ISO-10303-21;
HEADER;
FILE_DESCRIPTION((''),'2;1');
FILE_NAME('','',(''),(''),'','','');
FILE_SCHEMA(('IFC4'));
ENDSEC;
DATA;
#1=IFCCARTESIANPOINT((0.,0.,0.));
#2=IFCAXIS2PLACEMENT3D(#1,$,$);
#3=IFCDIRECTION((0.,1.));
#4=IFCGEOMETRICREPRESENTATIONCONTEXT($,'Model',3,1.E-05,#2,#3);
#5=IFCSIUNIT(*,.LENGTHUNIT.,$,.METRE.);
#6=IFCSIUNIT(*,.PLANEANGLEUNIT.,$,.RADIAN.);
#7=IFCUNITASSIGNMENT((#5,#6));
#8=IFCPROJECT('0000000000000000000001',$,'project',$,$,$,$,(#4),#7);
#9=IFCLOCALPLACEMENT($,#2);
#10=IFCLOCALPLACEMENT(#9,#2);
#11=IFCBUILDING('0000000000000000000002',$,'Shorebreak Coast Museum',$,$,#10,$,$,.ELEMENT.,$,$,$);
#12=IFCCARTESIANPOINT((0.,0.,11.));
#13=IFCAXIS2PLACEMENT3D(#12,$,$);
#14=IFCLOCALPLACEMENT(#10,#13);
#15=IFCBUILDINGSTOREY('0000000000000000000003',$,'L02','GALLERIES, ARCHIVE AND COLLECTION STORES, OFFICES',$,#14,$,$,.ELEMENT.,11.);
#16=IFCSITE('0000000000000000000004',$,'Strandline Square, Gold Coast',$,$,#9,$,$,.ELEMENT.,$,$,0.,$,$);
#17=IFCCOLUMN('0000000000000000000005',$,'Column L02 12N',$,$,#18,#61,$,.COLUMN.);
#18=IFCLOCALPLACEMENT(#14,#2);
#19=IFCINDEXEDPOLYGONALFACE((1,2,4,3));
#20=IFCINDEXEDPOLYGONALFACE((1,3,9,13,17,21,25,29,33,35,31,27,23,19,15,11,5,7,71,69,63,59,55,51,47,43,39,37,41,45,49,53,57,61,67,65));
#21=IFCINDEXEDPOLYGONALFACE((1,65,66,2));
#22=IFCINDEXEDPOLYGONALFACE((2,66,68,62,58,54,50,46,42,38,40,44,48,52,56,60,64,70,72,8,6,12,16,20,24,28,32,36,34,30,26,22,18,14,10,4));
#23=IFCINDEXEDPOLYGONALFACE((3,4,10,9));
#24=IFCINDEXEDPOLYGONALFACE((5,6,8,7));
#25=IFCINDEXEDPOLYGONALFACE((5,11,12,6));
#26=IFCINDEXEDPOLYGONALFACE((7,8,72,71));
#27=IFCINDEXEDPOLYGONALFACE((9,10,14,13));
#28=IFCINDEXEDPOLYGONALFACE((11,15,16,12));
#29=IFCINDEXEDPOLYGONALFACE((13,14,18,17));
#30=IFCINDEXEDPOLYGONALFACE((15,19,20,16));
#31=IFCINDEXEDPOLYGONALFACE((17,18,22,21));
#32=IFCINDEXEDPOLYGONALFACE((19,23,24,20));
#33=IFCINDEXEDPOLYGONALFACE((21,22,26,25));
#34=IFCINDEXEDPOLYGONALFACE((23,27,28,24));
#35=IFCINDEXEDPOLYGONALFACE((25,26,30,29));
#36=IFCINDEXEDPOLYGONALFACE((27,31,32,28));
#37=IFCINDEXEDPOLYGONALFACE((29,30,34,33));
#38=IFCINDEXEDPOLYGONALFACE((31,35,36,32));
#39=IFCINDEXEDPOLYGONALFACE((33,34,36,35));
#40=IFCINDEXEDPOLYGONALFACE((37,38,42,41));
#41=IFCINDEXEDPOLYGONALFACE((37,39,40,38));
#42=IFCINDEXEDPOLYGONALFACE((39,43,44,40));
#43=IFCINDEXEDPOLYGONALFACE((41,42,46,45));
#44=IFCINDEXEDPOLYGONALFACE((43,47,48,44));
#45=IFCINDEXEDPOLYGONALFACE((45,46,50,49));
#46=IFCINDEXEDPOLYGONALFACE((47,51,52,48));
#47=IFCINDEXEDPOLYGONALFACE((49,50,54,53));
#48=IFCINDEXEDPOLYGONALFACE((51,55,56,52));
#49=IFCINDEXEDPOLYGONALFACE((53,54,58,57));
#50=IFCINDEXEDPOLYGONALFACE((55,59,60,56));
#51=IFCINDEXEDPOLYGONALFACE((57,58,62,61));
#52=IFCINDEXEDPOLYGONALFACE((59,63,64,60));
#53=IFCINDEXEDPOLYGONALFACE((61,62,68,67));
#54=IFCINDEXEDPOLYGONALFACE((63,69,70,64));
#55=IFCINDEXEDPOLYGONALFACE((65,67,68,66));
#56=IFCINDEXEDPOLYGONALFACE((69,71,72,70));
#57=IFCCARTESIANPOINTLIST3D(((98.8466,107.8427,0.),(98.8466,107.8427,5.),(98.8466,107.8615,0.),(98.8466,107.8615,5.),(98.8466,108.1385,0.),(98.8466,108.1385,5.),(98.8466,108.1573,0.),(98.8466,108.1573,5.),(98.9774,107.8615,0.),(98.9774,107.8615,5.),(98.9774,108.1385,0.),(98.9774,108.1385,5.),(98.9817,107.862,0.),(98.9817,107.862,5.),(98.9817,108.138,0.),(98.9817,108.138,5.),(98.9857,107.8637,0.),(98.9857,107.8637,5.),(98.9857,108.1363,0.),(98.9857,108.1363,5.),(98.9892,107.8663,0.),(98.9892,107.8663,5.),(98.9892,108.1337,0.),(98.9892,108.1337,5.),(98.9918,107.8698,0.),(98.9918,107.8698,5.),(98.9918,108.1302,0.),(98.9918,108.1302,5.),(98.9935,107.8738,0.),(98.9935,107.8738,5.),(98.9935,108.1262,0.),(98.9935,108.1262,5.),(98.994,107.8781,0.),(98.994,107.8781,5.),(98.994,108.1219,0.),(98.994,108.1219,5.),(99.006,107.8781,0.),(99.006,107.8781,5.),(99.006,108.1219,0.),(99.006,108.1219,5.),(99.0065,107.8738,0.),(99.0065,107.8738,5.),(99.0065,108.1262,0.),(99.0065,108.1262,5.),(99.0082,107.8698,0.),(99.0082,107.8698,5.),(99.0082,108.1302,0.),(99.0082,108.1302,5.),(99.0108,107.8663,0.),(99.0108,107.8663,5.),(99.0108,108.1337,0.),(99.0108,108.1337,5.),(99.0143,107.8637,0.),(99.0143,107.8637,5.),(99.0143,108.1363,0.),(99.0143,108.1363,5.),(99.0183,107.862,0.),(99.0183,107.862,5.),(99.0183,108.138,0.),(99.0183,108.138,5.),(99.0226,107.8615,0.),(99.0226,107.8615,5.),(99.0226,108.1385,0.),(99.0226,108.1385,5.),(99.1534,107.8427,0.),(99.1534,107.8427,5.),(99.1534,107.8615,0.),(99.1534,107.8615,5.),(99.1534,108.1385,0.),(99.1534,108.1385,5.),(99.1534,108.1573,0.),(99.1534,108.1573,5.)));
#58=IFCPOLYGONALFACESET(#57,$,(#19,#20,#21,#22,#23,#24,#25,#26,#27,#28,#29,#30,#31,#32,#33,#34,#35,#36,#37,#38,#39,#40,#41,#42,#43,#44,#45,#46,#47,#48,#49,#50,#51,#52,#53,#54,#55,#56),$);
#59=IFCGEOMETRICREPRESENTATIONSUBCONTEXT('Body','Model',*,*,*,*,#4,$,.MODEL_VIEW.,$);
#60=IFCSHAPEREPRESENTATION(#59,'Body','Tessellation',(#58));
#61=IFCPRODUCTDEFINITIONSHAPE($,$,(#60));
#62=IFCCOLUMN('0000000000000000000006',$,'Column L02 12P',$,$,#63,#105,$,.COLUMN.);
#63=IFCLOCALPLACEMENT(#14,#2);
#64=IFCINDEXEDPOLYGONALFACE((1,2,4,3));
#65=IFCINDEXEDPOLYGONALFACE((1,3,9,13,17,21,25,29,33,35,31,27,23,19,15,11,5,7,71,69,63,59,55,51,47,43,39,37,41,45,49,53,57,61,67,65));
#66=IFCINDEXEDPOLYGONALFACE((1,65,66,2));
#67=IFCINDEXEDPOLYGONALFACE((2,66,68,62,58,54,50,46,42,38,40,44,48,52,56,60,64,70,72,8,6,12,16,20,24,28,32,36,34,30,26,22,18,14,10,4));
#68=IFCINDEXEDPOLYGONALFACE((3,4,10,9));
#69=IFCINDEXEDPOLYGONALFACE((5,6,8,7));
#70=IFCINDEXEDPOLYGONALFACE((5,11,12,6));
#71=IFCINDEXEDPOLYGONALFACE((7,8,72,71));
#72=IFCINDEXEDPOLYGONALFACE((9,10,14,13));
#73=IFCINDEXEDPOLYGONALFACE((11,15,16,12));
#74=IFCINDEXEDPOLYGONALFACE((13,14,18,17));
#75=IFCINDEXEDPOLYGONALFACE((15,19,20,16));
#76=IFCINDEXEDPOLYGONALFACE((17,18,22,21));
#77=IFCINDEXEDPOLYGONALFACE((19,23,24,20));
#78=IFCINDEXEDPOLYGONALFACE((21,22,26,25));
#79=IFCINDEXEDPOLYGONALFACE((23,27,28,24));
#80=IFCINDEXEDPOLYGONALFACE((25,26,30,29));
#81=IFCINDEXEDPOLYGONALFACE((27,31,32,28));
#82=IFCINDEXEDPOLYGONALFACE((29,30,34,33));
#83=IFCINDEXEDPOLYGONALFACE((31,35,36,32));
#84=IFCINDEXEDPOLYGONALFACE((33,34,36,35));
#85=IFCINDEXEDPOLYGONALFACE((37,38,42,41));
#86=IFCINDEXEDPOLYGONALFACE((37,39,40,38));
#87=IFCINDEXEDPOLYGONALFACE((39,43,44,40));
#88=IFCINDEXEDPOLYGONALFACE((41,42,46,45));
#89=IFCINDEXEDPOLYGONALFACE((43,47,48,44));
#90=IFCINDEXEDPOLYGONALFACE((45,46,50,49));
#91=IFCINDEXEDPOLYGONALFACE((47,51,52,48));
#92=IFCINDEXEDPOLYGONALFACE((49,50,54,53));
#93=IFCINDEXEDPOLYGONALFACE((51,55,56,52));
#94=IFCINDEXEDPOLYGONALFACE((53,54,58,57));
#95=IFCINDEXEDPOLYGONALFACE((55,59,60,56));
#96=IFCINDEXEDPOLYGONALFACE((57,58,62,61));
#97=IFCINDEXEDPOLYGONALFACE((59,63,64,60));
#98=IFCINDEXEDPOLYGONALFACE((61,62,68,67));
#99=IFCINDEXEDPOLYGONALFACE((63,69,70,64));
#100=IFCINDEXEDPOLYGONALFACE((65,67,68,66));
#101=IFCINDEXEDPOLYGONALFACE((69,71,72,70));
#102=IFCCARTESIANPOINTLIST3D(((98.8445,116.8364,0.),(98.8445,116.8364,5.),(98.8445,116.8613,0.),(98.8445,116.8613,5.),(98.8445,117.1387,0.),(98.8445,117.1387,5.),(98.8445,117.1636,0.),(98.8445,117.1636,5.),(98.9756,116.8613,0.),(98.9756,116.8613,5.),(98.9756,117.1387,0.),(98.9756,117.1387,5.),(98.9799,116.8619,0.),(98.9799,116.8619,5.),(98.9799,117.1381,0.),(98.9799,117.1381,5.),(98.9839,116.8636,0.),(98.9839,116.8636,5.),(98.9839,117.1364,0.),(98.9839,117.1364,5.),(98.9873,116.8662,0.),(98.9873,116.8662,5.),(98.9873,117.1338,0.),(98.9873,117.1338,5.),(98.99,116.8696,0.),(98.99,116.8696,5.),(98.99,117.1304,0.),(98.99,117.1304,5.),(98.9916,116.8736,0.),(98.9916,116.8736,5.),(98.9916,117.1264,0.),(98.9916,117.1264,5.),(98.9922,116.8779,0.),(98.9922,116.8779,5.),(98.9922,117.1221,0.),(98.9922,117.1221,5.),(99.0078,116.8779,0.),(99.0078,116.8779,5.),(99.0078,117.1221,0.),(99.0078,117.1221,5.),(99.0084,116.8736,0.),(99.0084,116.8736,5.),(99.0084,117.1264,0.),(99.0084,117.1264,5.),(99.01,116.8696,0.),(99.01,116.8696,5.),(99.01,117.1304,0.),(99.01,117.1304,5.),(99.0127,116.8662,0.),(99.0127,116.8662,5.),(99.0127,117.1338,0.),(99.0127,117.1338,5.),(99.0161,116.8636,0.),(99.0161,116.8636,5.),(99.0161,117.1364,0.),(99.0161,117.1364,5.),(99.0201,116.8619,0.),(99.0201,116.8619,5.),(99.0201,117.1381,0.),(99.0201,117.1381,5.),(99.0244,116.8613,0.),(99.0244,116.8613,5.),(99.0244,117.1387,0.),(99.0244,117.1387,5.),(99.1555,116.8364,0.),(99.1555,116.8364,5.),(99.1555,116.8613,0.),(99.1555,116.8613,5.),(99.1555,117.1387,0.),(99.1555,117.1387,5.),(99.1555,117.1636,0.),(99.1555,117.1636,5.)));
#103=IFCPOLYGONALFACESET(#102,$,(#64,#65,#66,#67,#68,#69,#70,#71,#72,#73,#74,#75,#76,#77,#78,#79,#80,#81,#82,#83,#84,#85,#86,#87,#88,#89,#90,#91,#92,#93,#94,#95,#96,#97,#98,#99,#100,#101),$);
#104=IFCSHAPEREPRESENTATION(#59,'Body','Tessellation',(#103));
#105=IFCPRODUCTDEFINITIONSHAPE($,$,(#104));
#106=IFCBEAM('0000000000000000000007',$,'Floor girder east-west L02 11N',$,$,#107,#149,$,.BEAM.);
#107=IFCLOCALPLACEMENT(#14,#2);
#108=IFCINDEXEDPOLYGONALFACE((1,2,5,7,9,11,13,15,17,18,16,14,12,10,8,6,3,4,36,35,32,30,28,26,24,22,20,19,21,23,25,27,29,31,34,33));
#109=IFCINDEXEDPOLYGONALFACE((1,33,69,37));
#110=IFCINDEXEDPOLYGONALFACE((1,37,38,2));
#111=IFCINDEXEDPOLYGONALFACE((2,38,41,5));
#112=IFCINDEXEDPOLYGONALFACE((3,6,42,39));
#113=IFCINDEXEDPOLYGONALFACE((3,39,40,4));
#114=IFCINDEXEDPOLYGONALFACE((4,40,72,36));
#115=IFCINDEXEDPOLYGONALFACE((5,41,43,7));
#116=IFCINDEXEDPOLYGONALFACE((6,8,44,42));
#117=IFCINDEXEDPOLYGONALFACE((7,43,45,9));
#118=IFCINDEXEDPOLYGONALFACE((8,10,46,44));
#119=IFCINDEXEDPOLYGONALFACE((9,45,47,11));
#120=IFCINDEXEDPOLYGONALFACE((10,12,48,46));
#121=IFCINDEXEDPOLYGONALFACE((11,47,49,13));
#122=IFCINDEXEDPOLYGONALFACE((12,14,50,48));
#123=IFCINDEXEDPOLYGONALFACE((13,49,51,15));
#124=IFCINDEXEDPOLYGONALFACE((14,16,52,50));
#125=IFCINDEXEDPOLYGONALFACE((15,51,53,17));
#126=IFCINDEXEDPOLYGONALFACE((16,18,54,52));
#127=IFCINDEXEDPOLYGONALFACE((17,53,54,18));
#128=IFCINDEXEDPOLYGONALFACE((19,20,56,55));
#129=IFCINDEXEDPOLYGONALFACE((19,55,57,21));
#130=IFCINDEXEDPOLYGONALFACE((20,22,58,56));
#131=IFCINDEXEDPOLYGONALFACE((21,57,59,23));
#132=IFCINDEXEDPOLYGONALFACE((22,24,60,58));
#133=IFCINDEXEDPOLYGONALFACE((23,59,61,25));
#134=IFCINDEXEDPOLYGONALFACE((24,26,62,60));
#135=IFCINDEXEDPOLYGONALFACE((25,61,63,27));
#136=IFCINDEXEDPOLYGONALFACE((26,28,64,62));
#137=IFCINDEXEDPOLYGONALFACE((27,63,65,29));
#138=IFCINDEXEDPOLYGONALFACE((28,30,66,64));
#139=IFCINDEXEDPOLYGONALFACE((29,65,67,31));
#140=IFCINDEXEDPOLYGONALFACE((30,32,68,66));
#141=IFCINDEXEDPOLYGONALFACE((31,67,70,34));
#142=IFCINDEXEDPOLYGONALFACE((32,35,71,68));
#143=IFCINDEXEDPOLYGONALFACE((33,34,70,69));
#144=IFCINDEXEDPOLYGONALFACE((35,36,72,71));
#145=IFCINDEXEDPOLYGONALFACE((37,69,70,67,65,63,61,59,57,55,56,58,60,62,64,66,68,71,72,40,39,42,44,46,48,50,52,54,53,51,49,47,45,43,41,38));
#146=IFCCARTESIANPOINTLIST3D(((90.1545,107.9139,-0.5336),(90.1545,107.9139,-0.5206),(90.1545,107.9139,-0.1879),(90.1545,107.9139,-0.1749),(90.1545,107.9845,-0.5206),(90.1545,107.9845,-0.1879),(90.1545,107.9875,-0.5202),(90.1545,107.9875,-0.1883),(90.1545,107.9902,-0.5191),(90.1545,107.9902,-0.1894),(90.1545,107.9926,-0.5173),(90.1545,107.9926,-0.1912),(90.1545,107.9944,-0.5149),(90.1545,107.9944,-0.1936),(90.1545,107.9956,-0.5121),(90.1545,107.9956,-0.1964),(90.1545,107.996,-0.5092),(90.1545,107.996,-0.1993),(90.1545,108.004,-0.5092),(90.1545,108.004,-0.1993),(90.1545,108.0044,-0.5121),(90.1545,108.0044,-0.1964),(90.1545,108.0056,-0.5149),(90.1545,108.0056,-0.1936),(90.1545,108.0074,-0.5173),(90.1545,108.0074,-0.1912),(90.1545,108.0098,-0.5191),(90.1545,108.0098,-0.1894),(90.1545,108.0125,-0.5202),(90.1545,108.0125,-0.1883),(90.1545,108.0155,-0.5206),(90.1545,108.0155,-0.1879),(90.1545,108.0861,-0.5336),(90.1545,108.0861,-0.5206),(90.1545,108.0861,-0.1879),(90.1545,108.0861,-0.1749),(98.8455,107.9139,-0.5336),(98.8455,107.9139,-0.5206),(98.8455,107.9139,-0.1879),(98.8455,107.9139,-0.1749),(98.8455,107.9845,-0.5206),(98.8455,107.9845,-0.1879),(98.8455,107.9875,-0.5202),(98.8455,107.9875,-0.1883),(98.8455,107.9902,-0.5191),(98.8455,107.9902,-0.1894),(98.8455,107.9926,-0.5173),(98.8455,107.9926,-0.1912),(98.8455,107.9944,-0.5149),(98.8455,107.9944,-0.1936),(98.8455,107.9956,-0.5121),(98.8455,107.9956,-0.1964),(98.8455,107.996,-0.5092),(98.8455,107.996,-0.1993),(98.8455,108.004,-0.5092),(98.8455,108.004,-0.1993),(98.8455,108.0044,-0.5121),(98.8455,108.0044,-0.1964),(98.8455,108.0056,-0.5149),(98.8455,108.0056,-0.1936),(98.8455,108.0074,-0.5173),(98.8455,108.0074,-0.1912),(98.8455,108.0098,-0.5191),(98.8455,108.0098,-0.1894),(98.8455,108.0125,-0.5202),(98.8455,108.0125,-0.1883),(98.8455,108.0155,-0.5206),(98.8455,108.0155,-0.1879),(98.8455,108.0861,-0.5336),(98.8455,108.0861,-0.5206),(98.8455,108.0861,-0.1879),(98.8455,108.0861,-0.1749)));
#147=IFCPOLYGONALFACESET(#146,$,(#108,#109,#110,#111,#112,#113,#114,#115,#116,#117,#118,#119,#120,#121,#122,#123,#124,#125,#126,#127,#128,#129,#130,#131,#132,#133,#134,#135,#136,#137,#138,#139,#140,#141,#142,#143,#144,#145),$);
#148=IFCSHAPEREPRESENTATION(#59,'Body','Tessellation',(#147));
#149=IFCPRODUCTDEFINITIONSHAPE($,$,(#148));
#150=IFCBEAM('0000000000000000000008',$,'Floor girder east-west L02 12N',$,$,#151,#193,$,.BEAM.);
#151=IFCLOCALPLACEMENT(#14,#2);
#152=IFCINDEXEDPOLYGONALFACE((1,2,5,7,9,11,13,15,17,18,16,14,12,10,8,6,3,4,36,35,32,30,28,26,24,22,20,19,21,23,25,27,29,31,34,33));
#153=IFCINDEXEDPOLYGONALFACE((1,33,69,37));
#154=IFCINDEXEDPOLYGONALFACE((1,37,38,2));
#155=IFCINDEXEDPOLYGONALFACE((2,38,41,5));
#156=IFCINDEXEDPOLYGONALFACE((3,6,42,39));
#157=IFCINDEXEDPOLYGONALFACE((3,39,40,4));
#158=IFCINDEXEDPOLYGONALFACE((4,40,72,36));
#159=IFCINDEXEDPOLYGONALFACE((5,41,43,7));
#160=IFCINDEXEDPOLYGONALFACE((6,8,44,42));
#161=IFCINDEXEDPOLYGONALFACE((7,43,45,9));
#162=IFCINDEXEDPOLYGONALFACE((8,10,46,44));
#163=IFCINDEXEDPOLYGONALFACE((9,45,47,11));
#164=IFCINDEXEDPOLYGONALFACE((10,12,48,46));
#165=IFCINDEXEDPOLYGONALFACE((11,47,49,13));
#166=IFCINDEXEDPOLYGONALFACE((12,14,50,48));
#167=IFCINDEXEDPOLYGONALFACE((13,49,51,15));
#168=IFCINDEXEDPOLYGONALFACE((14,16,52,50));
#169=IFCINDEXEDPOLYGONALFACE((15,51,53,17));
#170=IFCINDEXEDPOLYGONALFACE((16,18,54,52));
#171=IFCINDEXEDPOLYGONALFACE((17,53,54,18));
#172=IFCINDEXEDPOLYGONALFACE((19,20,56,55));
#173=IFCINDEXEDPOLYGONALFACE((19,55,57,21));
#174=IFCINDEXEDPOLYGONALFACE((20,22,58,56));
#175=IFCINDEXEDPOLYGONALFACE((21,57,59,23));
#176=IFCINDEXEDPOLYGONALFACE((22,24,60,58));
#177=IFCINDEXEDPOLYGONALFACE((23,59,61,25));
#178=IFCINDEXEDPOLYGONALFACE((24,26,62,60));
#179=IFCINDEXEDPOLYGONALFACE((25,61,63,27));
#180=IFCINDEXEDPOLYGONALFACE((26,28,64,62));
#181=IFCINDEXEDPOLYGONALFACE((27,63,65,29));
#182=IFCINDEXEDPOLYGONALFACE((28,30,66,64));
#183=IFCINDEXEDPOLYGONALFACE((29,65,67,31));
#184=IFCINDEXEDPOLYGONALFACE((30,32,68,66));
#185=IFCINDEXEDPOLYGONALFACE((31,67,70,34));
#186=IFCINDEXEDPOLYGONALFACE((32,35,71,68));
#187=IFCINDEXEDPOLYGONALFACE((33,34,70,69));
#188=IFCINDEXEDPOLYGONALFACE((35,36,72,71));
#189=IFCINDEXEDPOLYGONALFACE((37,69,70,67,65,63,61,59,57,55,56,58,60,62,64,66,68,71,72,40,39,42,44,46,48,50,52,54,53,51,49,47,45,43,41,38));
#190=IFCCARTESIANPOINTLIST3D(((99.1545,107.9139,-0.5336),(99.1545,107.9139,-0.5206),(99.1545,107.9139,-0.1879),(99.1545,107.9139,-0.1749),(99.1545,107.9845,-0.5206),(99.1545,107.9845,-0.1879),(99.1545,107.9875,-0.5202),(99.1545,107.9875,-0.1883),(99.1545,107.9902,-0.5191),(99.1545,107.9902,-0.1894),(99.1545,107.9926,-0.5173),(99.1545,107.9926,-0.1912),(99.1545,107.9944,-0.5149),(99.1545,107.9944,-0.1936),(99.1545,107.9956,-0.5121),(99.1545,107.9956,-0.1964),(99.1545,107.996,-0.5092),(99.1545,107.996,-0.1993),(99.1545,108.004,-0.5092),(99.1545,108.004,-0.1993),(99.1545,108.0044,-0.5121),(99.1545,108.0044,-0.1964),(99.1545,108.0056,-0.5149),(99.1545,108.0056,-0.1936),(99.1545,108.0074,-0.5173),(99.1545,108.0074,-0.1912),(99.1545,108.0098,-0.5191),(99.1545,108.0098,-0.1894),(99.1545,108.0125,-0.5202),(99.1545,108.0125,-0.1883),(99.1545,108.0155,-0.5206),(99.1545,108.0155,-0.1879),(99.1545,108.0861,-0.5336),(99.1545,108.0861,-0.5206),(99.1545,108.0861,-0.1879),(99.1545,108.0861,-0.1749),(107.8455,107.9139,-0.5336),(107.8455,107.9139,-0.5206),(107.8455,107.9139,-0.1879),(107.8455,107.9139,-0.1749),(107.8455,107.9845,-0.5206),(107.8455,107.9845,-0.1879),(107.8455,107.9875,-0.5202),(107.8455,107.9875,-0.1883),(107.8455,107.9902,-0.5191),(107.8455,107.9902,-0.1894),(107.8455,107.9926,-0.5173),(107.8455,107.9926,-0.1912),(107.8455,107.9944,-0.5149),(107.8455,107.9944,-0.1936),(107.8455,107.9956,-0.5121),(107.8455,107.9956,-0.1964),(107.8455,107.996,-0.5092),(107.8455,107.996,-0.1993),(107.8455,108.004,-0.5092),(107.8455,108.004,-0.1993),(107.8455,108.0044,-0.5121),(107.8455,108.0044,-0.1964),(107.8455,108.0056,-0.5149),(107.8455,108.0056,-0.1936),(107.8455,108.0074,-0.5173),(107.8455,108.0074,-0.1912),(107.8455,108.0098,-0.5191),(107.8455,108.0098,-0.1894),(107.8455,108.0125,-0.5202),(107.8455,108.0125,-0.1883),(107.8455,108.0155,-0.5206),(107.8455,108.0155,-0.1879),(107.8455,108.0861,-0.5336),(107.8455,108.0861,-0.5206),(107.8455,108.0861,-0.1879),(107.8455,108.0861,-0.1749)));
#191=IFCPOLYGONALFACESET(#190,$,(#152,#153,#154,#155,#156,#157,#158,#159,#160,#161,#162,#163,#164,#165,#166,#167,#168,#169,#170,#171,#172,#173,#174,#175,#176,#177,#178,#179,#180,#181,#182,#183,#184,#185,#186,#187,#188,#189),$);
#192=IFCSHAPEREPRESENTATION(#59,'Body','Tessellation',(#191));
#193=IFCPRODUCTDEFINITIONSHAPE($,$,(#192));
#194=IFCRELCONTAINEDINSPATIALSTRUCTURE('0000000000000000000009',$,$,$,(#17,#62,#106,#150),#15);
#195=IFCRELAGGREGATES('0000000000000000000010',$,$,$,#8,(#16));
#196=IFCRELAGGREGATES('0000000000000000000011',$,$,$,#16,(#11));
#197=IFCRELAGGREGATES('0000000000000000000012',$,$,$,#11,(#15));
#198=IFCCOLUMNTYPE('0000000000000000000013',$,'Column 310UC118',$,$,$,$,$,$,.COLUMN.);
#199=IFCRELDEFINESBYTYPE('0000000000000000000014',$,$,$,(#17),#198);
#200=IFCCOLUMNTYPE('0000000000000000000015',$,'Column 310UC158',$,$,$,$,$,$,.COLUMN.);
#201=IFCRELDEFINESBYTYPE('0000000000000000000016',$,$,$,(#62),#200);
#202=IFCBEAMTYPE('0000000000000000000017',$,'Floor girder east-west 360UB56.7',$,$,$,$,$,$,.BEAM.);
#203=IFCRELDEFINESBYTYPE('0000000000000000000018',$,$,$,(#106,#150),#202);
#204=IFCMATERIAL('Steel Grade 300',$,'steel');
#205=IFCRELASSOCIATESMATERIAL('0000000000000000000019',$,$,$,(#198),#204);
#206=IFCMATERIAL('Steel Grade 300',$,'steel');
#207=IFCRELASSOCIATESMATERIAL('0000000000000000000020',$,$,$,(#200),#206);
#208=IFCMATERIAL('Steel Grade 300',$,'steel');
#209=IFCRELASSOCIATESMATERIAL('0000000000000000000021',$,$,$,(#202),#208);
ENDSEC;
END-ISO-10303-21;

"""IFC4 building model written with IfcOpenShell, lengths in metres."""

from ifc_helpers import new_model, si_unit, direction, frame, origin, origin_2d, place, context, subcontext, project, spatial, i_section, extrude, material, material_profile, profile_set, type_object, element, save


model = new_model("IFC4")

# Units and contexts
model_context = context("Model", 3, precision=1e-05, world=origin(), true_north=direction((0.0, 1.0)))
body_context = subcontext(model_context, "Body", "Model", "MODEL_VIEW")
ifc_project = project(units=[si_unit("LENGTHUNIT", "METRE"), si_unit("PLANEANGLEUNIT", "RADIAN")], contexts=[model_context])

# Site, building, storey
site_placement = place(None, origin())
site = spatial("IfcSite", under=ifc_project, at=site_placement, Name="Strandline Square, Gold Coast", CompositionType="ELEMENT", RefElevation=0.0)
building_placement = place(site_placement, origin())
building = spatial("IfcBuilding", under=site, at=building_placement, Name="Shorebreak Coast Museum", CompositionType="ELEMENT")
storey_placement = place(building_placement, frame((0.0, 0.0, 11.0)))
storey = spatial("IfcBuildingStorey", under=building, at=storey_placement, Name="L02", Description="GALLERIES, ARCHIVE AND COLLECTION STORES, OFFICES", CompositionType="ELEMENT", Elevation=11.0)

# Columns
ifc_material_1 = material(Name="Steel Grade 300", Category="steel")
ifc_material_profile_1 = material_profile(ifc_material_1, i_section(OverallWidth=0.3069, OverallDepth=0.3147, WebThickness=0.012, FlangeThickness=0.0188, FilletRadius=0.0166, at=origin_2d()), Name="310UC118")
ifc_profile_set_1 = profile_set([ifc_material_profile_1], Name="Steel Grade 300")
column_type_1 = type_object("IfcColumnType", Name="Column 310UC118", PredefinedType="COLUMN", material=ifc_profile_set_1)
column_1_placement = place(storey_placement, frame((99.0, 108.0, 0.0), z_axis=(0.0, 0.0, 1.0), x_axis=(1.0, 0.0, 0.0)))
element("IfcColumn", 1, at=column_1_placement, inside=storey, type_object=column_type_1, Name="Column L02 12N", PredefinedType="COLUMN", context=body_context, shape_type="SweptSolid", body=[
    extrude(i_section(OverallWidth=0.3069, OverallDepth=0.3147, WebThickness=0.012, FlangeThickness=0.0188, FilletRadius=0.0166, at=origin_2d()), origin(), (0.0, 0.0, 1.0), 5.0),
])
ifc_material_2 = material(Name="Steel Grade 300", Category="steel")
ifc_material_profile_2 = material_profile(ifc_material_2, i_section(OverallWidth=0.311, OverallDepth=0.3271, WebThickness=0.0156, FlangeThickness=0.0249, FilletRadius=0.0166, at=origin_2d()), Name="310UC158")
ifc_profile_set_2 = profile_set([ifc_material_profile_2], Name="Steel Grade 300")
column_type_2 = type_object("IfcColumnType", Name="Column 310UC158", PredefinedType="COLUMN", material=ifc_profile_set_2)
column_2_placement = place(storey_placement, frame((99.0, 117.0, 0.0), z_axis=(0.0, 0.0, 1.0), x_axis=(1.0, 0.0, 0.0)))
element("IfcColumn", 2, at=column_2_placement, inside=storey, type_object=column_type_2, Name="Column L02 12P", PredefinedType="COLUMN", context=body_context, shape_type="SweptSolid", body=[
    extrude(i_section(OverallWidth=0.311, OverallDepth=0.3271, WebThickness=0.0156, FlangeThickness=0.0249, FilletRadius=0.0166, at=origin_2d()), origin(), (0.0, 0.0, 1.0), 5.0),
])

# Beams
ifc_material_3 = material(Name="Steel Grade 300", Category="steel")
ifc_material_profile_3 = material_profile(ifc_material_3, i_section(OverallWidth=0.1721, OverallDepth=0.3586, WebThickness=0.0081, FlangeThickness=0.0129, FilletRadius=0.0115, at=origin_2d()), Name="360UB56.7")
ifc_profile_set_3 = profile_set([ifc_material_profile_3], Name="Steel Grade 300")
beam_type_1 = type_object("IfcBeamType", Name="Floor girder east-west 360UB56.7", PredefinedType="BEAM", material=ifc_profile_set_3)
for number, where, z_axis, x_axis, name in (
    (3, (90.1545, 108.0, -0.3542), (1.0, 0.0, 0.0), (0.0, 1.0, 0.0), "Floor girder east-west L02 11N"),
    (4, (99.1545, 108.0, -0.3542), (1.0, 0.0, 0.0), (0.0, 1.0, 0.0), "Floor girder east-west L02 12N"),
):
    element("IfcBeam", number, at=place(storey_placement, frame(where, z_axis=z_axis, x_axis=x_axis)), inside=storey, type_object=beam_type_1, Name=name, PredefinedType="BEAM", context=body_context, shape_type="SweptSolid", body=[
        extrude(i_section(OverallWidth=0.1721, OverallDepth=0.3586, WebThickness=0.0081, FlangeThickness=0.0129, FilletRadius=0.0115, at=origin_2d()), origin(), (0.0, 0.0, 1.0), 8.6909),
    ])

save(model, "model.ifc")
